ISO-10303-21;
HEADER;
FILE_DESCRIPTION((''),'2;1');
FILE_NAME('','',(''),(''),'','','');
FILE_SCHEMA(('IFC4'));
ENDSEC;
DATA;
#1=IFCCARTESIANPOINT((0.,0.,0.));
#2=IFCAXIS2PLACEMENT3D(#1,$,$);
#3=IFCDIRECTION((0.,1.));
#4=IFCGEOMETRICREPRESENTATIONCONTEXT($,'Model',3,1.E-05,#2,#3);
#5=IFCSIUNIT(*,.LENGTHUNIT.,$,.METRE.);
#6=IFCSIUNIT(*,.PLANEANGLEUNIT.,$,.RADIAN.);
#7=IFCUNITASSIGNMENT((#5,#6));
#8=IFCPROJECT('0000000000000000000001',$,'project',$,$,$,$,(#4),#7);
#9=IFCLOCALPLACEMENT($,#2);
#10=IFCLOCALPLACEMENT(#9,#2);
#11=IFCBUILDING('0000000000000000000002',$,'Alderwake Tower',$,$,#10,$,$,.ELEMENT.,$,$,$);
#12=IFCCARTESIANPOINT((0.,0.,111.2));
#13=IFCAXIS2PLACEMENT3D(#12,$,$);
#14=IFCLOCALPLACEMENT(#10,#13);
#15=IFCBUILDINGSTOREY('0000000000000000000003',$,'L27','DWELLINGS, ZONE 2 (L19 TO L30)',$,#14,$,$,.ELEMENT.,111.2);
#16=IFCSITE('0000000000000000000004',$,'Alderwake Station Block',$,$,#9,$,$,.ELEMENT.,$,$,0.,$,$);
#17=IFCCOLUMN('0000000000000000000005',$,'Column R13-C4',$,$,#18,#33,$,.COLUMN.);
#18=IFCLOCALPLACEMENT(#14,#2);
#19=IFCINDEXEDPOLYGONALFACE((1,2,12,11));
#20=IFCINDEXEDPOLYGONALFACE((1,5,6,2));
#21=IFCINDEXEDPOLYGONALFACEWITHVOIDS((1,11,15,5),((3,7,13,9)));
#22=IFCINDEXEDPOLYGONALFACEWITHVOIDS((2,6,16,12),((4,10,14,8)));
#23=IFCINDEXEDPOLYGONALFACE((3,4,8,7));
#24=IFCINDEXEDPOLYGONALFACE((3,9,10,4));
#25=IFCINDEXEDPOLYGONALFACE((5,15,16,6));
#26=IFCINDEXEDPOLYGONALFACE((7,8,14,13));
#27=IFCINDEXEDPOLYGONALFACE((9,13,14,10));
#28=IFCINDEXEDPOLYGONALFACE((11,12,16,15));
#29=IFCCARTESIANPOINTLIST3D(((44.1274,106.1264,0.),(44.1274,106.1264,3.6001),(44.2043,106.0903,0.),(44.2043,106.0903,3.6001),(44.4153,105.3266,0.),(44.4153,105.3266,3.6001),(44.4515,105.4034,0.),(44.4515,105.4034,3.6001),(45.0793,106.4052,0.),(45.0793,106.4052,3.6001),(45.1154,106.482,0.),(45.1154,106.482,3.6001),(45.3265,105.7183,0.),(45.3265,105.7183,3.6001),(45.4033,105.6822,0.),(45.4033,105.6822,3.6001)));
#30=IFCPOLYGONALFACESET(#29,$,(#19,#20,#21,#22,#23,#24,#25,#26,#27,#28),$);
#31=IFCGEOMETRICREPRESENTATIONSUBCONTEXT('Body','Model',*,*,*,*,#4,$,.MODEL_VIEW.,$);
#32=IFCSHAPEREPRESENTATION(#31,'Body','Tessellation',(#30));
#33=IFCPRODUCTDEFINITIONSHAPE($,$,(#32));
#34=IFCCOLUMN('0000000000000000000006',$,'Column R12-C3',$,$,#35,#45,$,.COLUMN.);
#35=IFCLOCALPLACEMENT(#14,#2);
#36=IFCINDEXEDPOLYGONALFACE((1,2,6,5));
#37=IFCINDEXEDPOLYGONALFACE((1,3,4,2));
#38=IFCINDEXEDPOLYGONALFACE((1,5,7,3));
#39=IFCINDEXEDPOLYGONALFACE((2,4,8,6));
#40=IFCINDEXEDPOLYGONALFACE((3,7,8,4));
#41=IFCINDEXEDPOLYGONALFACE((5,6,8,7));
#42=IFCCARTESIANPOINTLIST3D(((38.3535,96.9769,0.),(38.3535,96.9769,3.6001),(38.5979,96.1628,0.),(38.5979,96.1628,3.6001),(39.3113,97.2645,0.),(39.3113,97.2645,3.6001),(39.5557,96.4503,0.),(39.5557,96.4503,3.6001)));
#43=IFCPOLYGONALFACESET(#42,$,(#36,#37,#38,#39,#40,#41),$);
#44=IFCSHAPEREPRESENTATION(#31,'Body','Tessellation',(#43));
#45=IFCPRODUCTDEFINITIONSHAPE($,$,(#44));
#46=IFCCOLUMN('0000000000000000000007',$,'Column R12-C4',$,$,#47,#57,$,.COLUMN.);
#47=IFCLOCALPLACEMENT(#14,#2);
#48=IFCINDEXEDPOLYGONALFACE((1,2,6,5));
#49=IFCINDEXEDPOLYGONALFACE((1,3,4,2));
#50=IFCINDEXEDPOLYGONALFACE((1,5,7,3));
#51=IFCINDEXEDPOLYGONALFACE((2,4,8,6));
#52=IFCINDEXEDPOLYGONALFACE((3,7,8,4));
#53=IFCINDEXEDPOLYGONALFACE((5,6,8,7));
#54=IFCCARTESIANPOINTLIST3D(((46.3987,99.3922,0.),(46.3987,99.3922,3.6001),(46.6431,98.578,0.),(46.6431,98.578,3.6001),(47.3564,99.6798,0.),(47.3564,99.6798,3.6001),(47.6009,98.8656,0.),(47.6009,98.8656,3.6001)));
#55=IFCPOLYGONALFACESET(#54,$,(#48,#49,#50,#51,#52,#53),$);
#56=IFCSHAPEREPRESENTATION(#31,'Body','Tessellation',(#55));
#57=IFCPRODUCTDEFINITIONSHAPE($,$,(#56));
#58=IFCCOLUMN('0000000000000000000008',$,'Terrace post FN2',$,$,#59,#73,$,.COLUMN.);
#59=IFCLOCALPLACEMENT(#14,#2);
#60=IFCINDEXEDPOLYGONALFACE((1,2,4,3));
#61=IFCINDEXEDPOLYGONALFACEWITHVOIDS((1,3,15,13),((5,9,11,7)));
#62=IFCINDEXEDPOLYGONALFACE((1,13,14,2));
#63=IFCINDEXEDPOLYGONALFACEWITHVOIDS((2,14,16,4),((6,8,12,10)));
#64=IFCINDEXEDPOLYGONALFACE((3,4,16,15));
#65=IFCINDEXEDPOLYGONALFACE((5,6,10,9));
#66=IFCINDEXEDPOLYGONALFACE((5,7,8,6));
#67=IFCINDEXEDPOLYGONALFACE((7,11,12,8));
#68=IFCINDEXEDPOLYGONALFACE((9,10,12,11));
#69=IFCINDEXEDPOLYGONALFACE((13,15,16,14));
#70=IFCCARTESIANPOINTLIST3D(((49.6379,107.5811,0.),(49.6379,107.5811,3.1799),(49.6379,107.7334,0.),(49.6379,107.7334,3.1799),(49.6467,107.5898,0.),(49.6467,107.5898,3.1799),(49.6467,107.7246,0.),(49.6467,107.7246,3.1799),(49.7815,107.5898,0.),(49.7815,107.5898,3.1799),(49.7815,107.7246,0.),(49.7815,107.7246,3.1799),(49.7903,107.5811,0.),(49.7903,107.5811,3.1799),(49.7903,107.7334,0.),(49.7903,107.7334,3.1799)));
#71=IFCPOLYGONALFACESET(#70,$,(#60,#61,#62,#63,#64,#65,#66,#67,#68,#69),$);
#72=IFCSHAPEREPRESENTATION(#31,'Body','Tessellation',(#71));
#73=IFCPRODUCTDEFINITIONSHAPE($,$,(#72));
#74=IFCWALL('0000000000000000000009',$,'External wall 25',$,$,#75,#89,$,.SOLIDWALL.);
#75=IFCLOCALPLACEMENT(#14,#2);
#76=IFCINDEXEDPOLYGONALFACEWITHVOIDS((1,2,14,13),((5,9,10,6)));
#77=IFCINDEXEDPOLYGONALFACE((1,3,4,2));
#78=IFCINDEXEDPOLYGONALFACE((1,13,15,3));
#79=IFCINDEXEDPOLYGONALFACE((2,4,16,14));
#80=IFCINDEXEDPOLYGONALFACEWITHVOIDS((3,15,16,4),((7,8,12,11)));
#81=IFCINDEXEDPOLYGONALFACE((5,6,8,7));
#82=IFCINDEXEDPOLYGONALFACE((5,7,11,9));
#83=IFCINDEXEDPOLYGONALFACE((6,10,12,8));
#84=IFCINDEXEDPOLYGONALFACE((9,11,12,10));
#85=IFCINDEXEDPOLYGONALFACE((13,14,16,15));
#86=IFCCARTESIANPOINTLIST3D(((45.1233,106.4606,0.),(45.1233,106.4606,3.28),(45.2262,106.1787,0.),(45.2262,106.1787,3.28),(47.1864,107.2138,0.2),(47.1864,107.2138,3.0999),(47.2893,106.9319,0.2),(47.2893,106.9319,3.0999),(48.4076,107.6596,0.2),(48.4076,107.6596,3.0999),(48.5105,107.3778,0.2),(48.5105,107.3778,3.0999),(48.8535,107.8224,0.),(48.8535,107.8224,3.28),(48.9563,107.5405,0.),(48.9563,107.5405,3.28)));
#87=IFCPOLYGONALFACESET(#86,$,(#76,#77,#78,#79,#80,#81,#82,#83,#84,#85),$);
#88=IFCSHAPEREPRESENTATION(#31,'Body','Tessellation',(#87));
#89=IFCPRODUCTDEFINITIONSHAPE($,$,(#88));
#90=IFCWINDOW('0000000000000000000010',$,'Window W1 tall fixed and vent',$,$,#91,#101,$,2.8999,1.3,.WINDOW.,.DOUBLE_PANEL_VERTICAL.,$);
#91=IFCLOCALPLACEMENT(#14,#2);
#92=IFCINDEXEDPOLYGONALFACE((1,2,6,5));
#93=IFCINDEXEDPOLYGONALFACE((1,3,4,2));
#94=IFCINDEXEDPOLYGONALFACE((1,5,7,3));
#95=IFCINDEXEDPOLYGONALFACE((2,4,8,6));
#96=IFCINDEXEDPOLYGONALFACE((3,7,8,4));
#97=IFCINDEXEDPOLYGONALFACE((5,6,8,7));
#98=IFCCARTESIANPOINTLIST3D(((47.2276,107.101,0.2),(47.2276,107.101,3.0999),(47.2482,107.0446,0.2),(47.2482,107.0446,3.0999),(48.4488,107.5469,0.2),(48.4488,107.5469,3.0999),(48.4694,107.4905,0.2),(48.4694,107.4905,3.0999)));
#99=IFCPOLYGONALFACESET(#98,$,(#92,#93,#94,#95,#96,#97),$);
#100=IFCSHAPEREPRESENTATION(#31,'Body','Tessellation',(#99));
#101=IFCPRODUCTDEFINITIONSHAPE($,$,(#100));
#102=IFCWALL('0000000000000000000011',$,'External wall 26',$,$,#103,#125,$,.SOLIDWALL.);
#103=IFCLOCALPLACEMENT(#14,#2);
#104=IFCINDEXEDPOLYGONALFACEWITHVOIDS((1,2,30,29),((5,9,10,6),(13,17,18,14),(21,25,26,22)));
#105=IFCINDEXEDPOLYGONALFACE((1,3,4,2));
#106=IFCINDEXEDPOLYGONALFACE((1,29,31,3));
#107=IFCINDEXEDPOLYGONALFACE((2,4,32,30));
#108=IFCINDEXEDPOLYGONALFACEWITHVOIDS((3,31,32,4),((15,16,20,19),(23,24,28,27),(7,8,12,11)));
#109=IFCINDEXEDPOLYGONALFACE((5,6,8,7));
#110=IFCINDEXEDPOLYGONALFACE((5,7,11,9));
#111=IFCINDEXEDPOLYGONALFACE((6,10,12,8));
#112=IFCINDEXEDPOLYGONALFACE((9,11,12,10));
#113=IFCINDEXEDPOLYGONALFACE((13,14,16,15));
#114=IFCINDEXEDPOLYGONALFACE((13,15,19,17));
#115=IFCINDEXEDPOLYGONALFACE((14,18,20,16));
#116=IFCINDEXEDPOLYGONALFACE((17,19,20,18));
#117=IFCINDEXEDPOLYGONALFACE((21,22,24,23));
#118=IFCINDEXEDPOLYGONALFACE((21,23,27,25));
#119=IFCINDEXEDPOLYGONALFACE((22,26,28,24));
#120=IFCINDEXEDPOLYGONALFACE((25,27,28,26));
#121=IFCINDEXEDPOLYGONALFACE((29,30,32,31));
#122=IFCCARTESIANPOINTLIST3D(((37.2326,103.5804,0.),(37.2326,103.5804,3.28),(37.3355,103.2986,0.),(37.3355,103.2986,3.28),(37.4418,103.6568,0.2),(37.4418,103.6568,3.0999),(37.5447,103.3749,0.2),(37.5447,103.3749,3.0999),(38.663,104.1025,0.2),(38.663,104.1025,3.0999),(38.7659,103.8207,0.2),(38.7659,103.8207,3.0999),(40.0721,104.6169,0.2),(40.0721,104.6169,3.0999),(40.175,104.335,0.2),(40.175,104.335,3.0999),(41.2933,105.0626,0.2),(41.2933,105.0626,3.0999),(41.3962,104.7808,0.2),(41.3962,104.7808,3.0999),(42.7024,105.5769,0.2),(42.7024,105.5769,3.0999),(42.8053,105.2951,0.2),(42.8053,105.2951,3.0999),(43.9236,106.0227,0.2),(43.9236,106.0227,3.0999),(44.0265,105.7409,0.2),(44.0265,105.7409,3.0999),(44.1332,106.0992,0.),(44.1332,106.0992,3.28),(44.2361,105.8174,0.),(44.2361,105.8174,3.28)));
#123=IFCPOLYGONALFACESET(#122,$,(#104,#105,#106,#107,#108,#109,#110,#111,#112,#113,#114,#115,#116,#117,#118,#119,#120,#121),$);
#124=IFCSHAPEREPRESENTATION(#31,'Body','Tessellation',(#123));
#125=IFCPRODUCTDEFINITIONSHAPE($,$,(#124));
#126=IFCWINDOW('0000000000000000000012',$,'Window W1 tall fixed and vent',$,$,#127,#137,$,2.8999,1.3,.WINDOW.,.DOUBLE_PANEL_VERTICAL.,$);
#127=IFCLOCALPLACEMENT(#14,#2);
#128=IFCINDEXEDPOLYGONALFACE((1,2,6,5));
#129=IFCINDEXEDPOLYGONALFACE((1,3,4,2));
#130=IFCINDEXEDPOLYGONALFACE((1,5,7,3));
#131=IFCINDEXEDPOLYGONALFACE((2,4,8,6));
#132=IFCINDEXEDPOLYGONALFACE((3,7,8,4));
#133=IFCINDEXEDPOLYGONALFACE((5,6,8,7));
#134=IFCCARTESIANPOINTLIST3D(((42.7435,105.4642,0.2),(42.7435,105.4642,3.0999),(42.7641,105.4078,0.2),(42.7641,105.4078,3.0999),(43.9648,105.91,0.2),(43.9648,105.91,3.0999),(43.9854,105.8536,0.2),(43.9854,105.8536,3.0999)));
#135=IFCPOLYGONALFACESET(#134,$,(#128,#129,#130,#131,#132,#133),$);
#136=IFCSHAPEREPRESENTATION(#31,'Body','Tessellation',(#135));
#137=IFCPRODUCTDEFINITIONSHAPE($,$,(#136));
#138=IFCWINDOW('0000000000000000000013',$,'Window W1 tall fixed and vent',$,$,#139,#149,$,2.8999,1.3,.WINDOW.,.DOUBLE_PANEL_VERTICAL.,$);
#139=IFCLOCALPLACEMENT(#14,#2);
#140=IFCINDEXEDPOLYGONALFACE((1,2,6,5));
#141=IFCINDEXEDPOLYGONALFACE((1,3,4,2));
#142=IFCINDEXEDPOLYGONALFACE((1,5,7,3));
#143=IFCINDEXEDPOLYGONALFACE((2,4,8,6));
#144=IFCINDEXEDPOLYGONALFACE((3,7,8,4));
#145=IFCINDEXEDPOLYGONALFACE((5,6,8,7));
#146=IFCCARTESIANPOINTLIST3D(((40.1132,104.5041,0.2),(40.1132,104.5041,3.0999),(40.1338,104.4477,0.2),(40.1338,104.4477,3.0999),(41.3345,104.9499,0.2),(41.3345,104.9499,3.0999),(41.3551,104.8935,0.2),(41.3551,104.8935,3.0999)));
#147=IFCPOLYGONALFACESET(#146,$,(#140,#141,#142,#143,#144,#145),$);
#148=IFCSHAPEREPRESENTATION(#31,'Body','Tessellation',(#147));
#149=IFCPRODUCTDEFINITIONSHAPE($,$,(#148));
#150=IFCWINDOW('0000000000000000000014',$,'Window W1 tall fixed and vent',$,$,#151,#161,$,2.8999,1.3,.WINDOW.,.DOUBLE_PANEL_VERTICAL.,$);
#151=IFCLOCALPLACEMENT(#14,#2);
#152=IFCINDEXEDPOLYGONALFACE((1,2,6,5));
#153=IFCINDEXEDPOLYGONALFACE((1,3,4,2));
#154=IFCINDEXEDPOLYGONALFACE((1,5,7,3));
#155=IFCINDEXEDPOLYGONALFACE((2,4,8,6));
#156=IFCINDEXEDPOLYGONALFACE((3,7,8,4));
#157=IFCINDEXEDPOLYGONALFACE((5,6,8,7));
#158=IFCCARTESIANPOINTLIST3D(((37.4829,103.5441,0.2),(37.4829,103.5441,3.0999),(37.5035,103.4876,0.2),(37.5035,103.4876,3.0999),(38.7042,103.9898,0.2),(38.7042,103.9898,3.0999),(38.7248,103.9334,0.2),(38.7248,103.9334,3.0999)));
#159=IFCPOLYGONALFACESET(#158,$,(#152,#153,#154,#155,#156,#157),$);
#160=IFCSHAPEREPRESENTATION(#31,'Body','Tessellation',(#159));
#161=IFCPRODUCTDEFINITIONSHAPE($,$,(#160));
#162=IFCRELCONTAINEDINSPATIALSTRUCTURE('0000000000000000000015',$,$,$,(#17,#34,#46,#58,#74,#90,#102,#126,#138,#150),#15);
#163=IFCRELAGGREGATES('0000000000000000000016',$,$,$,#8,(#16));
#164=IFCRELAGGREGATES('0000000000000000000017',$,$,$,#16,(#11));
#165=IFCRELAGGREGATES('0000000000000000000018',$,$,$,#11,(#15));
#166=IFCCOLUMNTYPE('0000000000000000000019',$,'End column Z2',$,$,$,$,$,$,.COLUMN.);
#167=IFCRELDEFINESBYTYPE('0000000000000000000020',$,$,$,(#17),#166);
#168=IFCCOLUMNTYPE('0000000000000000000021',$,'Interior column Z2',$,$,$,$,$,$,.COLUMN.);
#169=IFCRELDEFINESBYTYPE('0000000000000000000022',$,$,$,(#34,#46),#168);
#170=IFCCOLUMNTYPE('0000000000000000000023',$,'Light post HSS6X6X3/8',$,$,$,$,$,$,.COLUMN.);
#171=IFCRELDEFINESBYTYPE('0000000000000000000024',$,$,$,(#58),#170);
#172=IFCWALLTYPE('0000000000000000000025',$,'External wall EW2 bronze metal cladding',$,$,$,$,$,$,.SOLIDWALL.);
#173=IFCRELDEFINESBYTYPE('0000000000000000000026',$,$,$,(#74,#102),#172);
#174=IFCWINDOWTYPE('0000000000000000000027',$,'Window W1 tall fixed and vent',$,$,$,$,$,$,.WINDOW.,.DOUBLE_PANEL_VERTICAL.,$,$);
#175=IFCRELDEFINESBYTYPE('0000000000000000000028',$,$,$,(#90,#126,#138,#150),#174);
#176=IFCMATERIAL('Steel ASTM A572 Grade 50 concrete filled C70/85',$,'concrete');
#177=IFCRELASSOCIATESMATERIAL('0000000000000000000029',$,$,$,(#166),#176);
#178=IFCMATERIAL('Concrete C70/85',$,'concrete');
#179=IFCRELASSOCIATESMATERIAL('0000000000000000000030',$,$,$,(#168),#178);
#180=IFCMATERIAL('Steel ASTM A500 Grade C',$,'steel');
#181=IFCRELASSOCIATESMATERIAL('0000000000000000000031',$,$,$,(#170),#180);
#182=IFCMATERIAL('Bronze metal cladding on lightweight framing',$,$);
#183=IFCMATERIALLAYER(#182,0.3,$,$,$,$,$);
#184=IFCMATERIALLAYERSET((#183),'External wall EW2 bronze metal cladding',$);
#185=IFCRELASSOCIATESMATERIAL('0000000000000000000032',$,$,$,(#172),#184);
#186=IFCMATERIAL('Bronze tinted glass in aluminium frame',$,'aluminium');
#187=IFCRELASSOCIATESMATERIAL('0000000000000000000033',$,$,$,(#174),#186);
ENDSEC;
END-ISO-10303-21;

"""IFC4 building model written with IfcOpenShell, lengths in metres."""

from ifc_helpers import new_model, si_unit, direction, frame, frame_2d, origin, origin_2d, place, context, subcontext, project, spatial, rectangle, hollow_rectangle, extrude, material, layer, layer_set, material_profile, profile_set, type_object, element, fill, save


model = new_model("IFC4")

# Units and contexts
model_context = context("Model", 3, precision=1e-05, world=origin(), true_north=direction((0.0, 1.0)))
body_context = subcontext(model_context, "Body", "Model", "MODEL_VIEW")
ifc_project = project(units=[si_unit("LENGTHUNIT", "METRE"), si_unit("PLANEANGLEUNIT", "RADIAN")], contexts=[model_context])

# Site, building, storey
site_placement = place(None, origin())
site = spatial("IfcSite", under=ifc_project, at=site_placement, Name="Alderwake Station Block", CompositionType="ELEMENT", RefElevation=0.0)
building_placement = place(site_placement, origin())
building = spatial("IfcBuilding", under=site, at=building_placement, Name="Alderwake Tower", CompositionType="ELEMENT")
storey_placement = place(building_placement, frame((0.0, 0.0, 111.2)))
storey = spatial("IfcBuildingStorey", under=building, at=storey_placement, Name="L27", Description="DWELLINGS, ZONE 2 (L19 TO L30)", CompositionType="ELEMENT", Elevation=111.2)

# Columns
ifc_material_1 = material(Name="Steel ASTM A572 Grade 50 concrete filled C70/85", Category="concrete")
ifc_material_profile_1 = material_profile(ifc_material_1, hollow_rectangle(XDim=0.8501, YDim=1.05, WallThickness=0.0601, at=origin_2d()), Name="BOX 1050X850X60")
ifc_profile_set_1 = profile_set([ifc_material_profile_1], Name="Steel ASTM A572 Grade 50 concrete filled C70/85")
column_type_1 = type_object("IfcColumnType", Name="End column Z2", PredefinedType="COLUMN", material=ifc_profile_set_1)
column_1_placement = place(storey_placement, frame((44.7654, 105.9043, 0.0), z_axis=(0.0, 0.0, 1.0), x_axis=(-0.338644, 0.940914, 0.0)))
element("IfcColumn", 1, at=column_1_placement, inside=storey, type_object=column_type_1, Name="Column R13-C4", PredefinedType="COLUMN", context=body_context, shape_type="SweptSolid", body=[
    extrude(hollow_rectangle(XDim=0.8501, YDim=1.05, WallThickness=0.0601, at=origin_2d()), origin(), (0.0, 0.0, 1.0), 3.6001),
])
ifc_material_2 = material(Name="Concrete C70/85", Category="concrete")
ifc_material_profile_2 = material_profile(ifc_material_2, rectangle(XDim=0.8501, YDim=1.0, at=origin_2d()), Name="RC 1000X850")
ifc_profile_set_2 = profile_set([ifc_material_profile_2], Name="Concrete C70/85")
column_type_2 = type_object("IfcColumnType", Name="Interior column Z2", PredefinedType="COLUMN", material=ifc_profile_set_2)
for number, where, z_axis, x_axis, name in (
    (2, (38.9546, 96.7136, 0.0), (0.0, 0.0, 1.0), (-0.287549, 0.957766, 0.0), "Column R12-C3"),
    (3, (46.9998, 99.1289, 0.0), (0.0, 0.0, 1.0), (-0.287549, 0.957766, 0.0), "Column R12-C4"),
):
    element("IfcColumn", number, at=place(storey_placement, frame(where, z_axis=z_axis, x_axis=x_axis)), inside=storey, type_object=column_type_2, Name=name, PredefinedType="COLUMN", context=body_context, shape_type="SweptSolid", body=[
        extrude(rectangle(XDim=0.8501, YDim=1.0, at=origin_2d()), origin(), (0.0, 0.0, 1.0), 3.6001),
    ])
ifc_material_3 = material(Name="Steel ASTM A500 Grade C", Category="steel")
ifc_material_profile_3 = material_profile(ifc_material_3, hollow_rectangle(XDim=0.1523, YDim=0.1523, WallThickness=0.0088, at=origin_2d()), Name="HSS6X6X3/8")
ifc_profile_set_3 = profile_set([ifc_material_profile_3], Name="Steel ASTM A500 Grade C")
column_type_3 = type_object("IfcColumnType", Name="Light post HSS6X6X3/8", PredefinedType="COLUMN", material=ifc_profile_set_3)
column_2_placement = place(storey_placement, frame((49.7141, 107.6572, 0.0), z_axis=(0.0, 0.0, 1.0), x_axis=(1.0, 0.0, 0.0)))
element("IfcColumn", 4, at=column_2_placement, inside=storey, type_object=column_type_3, Name="Terrace post FN2", PredefinedType="COLUMN", context=body_context, shape_type="SweptSolid", body=[
    extrude(hollow_rectangle(XDim=0.1523, YDim=0.1523, WallThickness=0.0088, at=origin_2d()), origin(), (0.0, 0.0, 1.0), 3.1799),
])

# Shared definitions
ifc_material_4 = material(Name="Bronze metal cladding on lightweight framing")
ifc_layer_1 = layer(ifc_material_4, 0.3)
ifc_layer_set_1 = layer_set([ifc_layer_1], Name="External wall EW2 bronze metal cladding")
wall_type_1 = type_object("IfcWallType", Name="External wall EW2 bronze metal cladding", PredefinedType="SOLIDWALL", material=ifc_layer_set_1)
ifc_material_5 = material(Name="Bronze tinted glass in aluminium frame", Category="aluminium")
window_type = type_object("IfcWindowType", Name="Window W1 tall fixed and vent", PartitioningType="DOUBLE_PANEL_VERTICAL", PredefinedType="WINDOW", material=ifc_material_5)

# Wall, opening, window
wall_1_placement = place(storey_placement, frame((48.9048, 107.6814, 0.0), z_axis=(0.0, 0.0, 1.0), x_axis=(-0.939358, -0.342937, 0.0)))
wall_1 = element("IfcWall", 5, at=wall_1_placement, inside=storey, type_object=wall_type_1, Name="External wall 25", PredefinedType="SOLIDWALL", context=body_context, shape_type="SweptSolid", body=[
    extrude(rectangle(XDim=3.9709, YDim=0.3, at=frame_2d((1.9854, 0.0))), origin(), (0.0, 0.0, 1.0), 3.28),
])
opening_1_placement = place(wall_1_placement, frame((0.4746, 0.0, 0.2)))
opening_1 = element("IfcOpeningElement", 6, at=opening_1_placement, cuts=wall_1, PredefinedType="OPENING", context=body_context, shape_type="SweptSolid", body=[
    extrude(rectangle(XDim=1.3, YDim=2.8999, at=frame_2d((0.6499, 1.45))), frame((0.0, 0.1599, 0.0), z_axis=(0.0, -1.0, 0.0), x_axis=(1.0, 0.0, 0.0)), (0.0, 0.0, 1.0), 0.3201),
])
window_1_placement = place(opening_1_placement, origin())
window_1 = element("IfcWindow", 7, at=window_1_placement, inside=storey, type_object=window_type, Name="Window W1 tall fixed and vent", OverallHeight=2.8999, OverallWidth=1.3, PartitioningType="DOUBLE_PANEL_VERTICAL", PredefinedType="WINDOW", context=body_context, shape_type="SweptSolid", body=[
    extrude(rectangle(XDim=1.3, YDim=2.8999, at=frame_2d((0.6499, 1.45))), frame((0.0, 0.03, 0.0), z_axis=(0.0, -1.0, 0.0), x_axis=(1.0, 0.0, 0.0)), (0.0, 0.0, 1.0), 0.0601),
])
fill(opening_1, window_1)

# Wall, openings, windows
wall_2_placement = place(storey_placement, frame((44.1846, 105.9583, 0.0), z_axis=(0.0, 0.0, 1.0), x_axis=(-0.939378, -0.342882, 0.0)))
wall_2 = element("IfcWall", 8, at=wall_2_placement, inside=storey, type_object=wall_type_1, Name="External wall 26", PredefinedType="SOLIDWALL", context=body_context, shape_type="SweptSolid", body=[
    extrude(rectangle(XDim=7.3459, YDim=0.3, at=frame_2d((3.6729, 0.0))), origin(), (0.0, 0.0, 1.0), 3.28),
])
opening_2_placement = place(wall_2_placement, frame((0.2231, 0.0, 0.2)))
opening_2 = element("IfcOpeningElement", 9, at=opening_2_placement, cuts=wall_2, PredefinedType="OPENING", context=body_context, shape_type="SweptSolid", body=[
    extrude(rectangle(XDim=1.3, YDim=2.8999, at=frame_2d((0.6499, 1.45))), frame((0.0, 0.1599, 0.0), z_axis=(0.0, -1.0, 0.0), x_axis=(1.0, 0.0, 0.0)), (0.0, 0.0, 1.0), 0.3201),
])
opening_3_placement = place(wall_2_placement, frame((3.0232, 0.0, 0.2)))
opening_3 = element("IfcOpeningElement", 10, at=opening_3_placement, cuts=wall_2, PredefinedType="OPENING", context=body_context, shape_type="SweptSolid", body=[
    extrude(rectangle(XDim=1.3, YDim=2.8999, at=frame_2d((0.6499, 1.45))), frame((0.0, 0.1599, 0.0), z_axis=(0.0, -1.0, 0.0), x_axis=(1.0, 0.0, 0.0)), (0.0, 0.0, 1.0), 0.3201),
])
opening_4_placement = place(wall_2_placement, frame((5.8232, 0.0, 0.2)))
opening_4 = element("IfcOpeningElement", 11, at=opening_4_placement, cuts=wall_2, PredefinedType="OPENING", context=body_context, shape_type="SweptSolid", body=[
    extrude(rectangle(XDim=1.3, YDim=2.8999, at=frame_2d((0.6499, 1.45))), frame((0.0, 0.1599, 0.0), z_axis=(0.0, -1.0, 0.0), x_axis=(1.0, 0.0, 0.0)), (0.0, 0.0, 1.0), 0.3201),
])
window_2_placement = place(opening_2_placement, origin())
window_2 = element("IfcWindow", 12, at=window_2_placement, inside=storey, type_object=window_type, Name="Window W1 tall fixed and vent", OverallHeight=2.8999, OverallWidth=1.3, PartitioningType="DOUBLE_PANEL_VERTICAL", PredefinedType="WINDOW", context=body_context, shape_type="SweptSolid", body=[
    extrude(rectangle(XDim=1.3, YDim=2.8999, at=frame_2d((0.6499, 1.45))), frame((0.0, 0.03, 0.0), z_axis=(0.0, -1.0, 0.0), x_axis=(1.0, 0.0, 0.0)), (0.0, 0.0, 1.0), 0.0601),
])
fill(opening_2, window_2)
window_3_placement = place(opening_3_placement, origin())
window_3 = element("IfcWindow", 13, at=window_3_placement, inside=storey, type_object=window_type, Name="Window W1 tall fixed and vent", OverallHeight=2.8999, OverallWidth=1.3, PartitioningType="DOUBLE_PANEL_VERTICAL", PredefinedType="WINDOW", context=body_context, shape_type="SweptSolid", body=[
    extrude(rectangle(XDim=1.3, YDim=2.8999, at=frame_2d((0.6499, 1.45))), frame((0.0, 0.03, 0.0), z_axis=(0.0, -1.0, 0.0), x_axis=(1.0, 0.0, 0.0)), (0.0, 0.0, 1.0), 0.0601),
])
fill(opening_3, window_3)
window_4_placement = place(opening_4_placement, origin())
window_4 = element("IfcWindow", 14, at=window_4_placement, inside=storey, type_object=window_type, Name="Window W1 tall fixed and vent", OverallHeight=2.8999, OverallWidth=1.3, PartitioningType="DOUBLE_PANEL_VERTICAL", PredefinedType="WINDOW", context=body_context, shape_type="SweptSolid", body=[
    extrude(rectangle(XDim=1.3, YDim=2.8999, at=frame_2d((0.6499, 1.45))), frame((0.0, 0.03, 0.0), z_axis=(0.0, -1.0, 0.0), x_axis=(1.0, 0.0, 0.0)), (0.0, 0.0, 1.0), 0.0601),
])
fill(opening_4, window_4)

save(model, "model.ifc")
